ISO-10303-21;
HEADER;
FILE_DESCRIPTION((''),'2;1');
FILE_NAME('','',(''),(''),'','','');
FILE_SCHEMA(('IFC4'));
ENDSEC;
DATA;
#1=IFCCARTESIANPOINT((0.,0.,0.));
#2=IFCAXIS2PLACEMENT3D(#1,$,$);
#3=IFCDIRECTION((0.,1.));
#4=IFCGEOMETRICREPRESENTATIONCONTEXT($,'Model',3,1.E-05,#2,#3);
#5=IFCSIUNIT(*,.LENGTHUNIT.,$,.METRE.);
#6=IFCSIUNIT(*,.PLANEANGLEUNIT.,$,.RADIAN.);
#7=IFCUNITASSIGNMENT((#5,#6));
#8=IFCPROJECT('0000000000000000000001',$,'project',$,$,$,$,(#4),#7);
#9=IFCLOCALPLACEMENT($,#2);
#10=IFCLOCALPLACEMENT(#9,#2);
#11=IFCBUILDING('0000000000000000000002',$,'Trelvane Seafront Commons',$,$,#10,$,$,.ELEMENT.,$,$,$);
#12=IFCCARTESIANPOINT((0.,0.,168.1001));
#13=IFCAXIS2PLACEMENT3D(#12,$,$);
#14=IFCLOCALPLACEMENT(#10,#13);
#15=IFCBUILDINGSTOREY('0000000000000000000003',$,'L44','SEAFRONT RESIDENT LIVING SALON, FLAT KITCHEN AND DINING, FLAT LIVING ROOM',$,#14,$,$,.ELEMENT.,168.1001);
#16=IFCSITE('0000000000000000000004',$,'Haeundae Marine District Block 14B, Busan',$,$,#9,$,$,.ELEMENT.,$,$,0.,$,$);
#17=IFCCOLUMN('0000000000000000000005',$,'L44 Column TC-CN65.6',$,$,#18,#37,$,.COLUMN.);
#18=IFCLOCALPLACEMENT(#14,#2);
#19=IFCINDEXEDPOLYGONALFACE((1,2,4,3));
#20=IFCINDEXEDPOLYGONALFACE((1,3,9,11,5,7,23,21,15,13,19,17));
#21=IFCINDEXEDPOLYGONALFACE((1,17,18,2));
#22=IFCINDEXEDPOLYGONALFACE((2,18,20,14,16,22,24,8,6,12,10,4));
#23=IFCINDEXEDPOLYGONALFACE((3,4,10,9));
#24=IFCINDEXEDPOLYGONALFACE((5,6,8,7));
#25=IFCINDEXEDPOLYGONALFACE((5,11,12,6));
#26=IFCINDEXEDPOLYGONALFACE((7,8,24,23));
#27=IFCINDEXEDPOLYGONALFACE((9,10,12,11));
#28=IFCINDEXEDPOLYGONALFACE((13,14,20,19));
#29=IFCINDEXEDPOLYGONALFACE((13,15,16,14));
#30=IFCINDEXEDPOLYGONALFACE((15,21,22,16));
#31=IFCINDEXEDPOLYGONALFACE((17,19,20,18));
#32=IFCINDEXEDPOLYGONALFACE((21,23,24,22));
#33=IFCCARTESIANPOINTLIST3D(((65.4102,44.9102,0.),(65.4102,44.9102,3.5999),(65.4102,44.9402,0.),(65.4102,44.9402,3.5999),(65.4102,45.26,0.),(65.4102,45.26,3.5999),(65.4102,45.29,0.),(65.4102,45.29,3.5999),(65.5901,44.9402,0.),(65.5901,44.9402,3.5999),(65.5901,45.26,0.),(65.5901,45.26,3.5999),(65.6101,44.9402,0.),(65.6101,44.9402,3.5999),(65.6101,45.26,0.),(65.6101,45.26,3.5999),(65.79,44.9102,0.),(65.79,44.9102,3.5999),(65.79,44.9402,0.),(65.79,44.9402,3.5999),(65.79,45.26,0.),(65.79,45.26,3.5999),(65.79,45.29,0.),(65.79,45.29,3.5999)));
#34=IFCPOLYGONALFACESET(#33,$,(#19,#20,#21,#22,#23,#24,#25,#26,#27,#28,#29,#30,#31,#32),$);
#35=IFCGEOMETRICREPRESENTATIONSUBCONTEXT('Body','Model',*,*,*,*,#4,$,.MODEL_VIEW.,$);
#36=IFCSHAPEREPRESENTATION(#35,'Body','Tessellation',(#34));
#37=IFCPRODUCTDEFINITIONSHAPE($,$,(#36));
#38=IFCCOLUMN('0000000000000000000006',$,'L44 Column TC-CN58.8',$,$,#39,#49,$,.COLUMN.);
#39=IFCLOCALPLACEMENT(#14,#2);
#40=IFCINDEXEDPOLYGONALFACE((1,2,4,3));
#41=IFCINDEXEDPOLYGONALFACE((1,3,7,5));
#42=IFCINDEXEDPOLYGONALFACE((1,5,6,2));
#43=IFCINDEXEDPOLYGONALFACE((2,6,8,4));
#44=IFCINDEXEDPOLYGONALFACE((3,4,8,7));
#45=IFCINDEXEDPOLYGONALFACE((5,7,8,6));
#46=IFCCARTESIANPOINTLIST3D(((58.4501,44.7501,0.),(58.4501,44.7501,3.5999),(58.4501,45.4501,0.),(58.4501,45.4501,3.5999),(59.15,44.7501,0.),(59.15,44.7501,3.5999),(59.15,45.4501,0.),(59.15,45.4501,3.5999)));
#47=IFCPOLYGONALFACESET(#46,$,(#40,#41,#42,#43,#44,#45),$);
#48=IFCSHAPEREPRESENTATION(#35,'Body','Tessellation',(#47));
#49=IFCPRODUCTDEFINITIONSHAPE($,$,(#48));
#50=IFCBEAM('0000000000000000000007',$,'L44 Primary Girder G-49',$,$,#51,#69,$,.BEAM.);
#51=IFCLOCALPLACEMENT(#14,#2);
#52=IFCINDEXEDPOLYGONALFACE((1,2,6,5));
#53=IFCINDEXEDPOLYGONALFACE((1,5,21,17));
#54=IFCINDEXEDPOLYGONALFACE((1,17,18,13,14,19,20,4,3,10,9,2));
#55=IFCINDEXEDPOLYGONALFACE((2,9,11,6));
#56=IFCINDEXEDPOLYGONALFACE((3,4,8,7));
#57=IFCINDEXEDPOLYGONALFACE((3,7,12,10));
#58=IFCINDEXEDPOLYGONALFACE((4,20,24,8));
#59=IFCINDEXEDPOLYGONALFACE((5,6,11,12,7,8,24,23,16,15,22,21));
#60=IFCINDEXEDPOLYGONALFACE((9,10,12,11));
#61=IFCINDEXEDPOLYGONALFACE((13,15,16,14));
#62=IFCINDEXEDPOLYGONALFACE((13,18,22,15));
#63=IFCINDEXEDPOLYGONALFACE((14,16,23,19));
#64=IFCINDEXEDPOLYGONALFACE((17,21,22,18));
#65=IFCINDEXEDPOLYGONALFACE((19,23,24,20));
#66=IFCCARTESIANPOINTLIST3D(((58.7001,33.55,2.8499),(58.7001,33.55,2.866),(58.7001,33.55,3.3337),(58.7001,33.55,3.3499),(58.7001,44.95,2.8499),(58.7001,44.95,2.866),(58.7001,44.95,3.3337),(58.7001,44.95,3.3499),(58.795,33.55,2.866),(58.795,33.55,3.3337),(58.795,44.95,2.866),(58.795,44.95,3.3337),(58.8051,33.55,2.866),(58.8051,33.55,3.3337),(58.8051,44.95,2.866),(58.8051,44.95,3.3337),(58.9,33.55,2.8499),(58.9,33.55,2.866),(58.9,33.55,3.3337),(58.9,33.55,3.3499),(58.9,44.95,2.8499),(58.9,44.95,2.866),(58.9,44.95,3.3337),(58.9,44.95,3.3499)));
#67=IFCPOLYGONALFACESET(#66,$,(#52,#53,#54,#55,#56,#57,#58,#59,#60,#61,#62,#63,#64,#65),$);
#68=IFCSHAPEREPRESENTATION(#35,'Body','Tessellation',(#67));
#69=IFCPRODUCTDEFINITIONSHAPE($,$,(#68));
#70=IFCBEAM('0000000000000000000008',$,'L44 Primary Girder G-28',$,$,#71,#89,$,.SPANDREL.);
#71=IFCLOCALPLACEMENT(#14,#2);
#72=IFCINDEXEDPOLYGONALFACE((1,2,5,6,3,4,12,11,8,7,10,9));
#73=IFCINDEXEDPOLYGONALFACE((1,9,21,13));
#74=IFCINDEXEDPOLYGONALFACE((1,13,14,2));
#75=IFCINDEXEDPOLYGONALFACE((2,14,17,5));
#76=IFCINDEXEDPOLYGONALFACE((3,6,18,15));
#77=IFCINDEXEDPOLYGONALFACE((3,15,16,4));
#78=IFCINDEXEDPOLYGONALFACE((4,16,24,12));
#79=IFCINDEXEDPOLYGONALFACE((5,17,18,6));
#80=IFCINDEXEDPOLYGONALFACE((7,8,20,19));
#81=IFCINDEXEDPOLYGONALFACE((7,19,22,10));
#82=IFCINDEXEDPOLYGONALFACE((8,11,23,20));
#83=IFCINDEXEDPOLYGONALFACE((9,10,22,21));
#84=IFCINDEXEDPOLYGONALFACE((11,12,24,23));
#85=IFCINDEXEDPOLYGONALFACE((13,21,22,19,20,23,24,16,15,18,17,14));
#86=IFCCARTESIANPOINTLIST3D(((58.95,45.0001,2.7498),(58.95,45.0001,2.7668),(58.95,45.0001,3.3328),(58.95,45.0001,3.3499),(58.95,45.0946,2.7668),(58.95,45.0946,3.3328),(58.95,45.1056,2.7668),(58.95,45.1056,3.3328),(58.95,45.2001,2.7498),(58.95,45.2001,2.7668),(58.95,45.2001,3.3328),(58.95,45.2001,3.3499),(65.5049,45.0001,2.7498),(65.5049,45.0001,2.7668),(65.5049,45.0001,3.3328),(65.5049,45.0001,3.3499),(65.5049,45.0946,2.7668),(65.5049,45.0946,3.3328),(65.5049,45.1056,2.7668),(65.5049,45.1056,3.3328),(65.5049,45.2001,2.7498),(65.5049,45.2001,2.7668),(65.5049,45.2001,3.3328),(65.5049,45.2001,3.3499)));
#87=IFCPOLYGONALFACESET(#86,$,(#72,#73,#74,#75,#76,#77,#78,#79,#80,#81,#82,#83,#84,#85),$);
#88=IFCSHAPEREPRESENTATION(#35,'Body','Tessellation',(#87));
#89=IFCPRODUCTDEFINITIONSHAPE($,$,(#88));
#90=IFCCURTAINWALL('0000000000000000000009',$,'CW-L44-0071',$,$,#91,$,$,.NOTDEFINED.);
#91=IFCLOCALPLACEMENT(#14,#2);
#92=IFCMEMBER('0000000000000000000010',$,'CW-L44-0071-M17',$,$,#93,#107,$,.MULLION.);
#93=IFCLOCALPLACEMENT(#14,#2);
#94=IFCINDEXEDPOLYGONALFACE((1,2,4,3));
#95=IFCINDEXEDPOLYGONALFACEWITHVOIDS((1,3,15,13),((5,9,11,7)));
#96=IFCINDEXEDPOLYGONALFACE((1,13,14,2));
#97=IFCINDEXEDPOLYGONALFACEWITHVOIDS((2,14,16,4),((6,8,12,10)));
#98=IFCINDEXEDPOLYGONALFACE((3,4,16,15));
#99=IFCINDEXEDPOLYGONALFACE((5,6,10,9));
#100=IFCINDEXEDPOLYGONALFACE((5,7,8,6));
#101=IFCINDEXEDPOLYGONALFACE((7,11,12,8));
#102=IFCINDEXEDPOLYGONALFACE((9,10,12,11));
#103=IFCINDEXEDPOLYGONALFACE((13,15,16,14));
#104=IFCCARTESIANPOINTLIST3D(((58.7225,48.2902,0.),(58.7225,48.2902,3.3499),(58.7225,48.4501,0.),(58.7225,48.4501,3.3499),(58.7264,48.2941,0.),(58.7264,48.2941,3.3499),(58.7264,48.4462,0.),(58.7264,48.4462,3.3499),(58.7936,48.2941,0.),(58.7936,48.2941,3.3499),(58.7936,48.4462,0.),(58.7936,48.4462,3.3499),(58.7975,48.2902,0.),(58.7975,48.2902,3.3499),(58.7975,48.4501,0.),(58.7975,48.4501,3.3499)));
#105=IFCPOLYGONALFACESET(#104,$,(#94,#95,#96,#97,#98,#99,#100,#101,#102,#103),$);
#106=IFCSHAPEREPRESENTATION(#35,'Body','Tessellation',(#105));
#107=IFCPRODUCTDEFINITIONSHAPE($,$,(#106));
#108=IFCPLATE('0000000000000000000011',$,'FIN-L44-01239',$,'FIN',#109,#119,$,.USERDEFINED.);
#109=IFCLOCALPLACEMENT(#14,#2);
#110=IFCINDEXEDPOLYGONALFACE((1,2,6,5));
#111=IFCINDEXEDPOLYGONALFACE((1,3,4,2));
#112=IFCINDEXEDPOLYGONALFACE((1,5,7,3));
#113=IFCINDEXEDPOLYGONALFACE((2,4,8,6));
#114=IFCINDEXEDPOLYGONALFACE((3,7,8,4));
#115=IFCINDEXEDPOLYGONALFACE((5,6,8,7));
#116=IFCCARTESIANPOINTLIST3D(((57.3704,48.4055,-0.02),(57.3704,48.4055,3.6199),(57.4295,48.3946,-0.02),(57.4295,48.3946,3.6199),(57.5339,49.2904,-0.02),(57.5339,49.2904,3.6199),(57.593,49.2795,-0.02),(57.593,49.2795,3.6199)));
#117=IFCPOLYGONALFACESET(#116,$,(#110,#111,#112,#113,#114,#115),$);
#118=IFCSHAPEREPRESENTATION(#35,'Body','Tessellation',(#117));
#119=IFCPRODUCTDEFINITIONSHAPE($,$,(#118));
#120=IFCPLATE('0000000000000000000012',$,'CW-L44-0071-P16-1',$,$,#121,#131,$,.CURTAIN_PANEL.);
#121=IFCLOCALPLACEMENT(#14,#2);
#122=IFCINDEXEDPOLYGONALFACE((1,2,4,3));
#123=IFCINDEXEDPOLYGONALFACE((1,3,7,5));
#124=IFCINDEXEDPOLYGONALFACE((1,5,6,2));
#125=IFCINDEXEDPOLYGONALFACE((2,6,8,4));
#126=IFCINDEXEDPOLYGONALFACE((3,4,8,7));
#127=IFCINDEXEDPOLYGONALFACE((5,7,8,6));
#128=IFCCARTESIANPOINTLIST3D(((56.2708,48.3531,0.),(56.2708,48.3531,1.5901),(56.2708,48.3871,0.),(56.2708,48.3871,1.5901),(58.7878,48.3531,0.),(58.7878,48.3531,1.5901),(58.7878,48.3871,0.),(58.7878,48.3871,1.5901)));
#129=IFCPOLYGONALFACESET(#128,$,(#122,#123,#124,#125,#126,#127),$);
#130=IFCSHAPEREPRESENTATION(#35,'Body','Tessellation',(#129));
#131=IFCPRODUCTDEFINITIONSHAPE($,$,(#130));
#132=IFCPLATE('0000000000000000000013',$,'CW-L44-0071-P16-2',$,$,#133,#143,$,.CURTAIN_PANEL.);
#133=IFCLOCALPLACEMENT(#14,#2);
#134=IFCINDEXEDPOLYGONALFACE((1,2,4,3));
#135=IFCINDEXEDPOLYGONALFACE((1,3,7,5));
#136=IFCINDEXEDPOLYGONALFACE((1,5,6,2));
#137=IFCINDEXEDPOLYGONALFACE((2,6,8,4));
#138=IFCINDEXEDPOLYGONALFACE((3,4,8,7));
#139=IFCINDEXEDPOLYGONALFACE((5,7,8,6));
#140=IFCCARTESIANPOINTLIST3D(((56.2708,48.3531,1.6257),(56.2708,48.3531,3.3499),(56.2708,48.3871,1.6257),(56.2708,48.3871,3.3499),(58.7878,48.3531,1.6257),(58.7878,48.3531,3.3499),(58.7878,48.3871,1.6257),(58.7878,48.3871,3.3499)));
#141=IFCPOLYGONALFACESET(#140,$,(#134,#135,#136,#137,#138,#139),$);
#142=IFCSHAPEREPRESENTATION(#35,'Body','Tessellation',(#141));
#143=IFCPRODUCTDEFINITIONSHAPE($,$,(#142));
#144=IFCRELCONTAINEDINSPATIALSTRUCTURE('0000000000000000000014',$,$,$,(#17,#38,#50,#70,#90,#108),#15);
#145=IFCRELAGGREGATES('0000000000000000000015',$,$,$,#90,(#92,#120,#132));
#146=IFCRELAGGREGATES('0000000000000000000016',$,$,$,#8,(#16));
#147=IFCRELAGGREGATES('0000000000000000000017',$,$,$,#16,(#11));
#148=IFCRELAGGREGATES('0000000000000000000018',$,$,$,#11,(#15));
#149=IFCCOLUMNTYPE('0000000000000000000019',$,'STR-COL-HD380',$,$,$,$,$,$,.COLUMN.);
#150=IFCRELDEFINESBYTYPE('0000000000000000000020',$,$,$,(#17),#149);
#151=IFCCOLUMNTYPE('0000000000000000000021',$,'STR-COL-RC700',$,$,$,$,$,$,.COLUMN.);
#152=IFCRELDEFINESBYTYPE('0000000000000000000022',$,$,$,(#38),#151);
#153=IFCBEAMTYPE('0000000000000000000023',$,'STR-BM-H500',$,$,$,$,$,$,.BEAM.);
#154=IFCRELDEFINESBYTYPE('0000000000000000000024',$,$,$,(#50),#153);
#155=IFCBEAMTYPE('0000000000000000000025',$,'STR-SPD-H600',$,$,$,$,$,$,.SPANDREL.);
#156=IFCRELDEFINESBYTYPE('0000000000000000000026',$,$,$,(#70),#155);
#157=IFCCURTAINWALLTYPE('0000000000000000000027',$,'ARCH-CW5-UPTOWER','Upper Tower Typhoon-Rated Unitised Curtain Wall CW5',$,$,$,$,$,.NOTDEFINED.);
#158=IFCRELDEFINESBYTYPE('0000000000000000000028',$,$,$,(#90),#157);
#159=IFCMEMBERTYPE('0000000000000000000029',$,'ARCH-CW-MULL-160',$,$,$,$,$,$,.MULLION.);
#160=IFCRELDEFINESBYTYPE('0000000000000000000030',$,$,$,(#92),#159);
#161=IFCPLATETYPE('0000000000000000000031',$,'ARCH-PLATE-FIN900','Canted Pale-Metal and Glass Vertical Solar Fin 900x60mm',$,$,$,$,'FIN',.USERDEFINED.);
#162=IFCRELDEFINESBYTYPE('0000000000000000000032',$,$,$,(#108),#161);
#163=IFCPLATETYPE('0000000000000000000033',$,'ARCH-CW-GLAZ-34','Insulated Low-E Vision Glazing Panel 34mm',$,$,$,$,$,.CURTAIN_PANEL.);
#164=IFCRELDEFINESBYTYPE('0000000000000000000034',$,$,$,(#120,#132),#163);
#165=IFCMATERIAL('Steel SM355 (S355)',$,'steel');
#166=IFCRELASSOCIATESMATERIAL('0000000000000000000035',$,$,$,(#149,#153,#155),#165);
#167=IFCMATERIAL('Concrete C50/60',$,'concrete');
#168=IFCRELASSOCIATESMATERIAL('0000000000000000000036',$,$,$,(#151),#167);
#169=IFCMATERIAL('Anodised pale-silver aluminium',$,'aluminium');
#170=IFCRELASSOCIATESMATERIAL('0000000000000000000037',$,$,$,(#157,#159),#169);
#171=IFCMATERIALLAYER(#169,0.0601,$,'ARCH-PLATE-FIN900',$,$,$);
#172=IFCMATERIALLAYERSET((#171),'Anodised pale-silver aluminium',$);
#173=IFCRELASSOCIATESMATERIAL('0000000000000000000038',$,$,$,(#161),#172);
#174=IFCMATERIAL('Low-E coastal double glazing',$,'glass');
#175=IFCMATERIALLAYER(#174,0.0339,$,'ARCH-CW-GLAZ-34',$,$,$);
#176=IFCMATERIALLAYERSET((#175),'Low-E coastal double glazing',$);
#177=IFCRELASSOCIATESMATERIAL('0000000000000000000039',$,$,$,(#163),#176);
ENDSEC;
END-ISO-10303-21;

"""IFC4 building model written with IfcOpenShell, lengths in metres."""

from ifc_helpers import new_model, si_unit, direction, frame, origin, origin_2d, place, context, subcontext, project, spatial, rectangle, hollow_rectangle, i_section, extrude, source, transform, mapped, material, layer, layer_set, material_profile, profile_set, type_object, element, aggregate, save


model = new_model("IFC4")

# Units and contexts
model_context = context("Model", 3, precision=1e-05, world=origin(), true_north=direction((0.0, 1.0)))
body_context = subcontext(model_context, "Body", "Model", "MODEL_VIEW")
ifc_project = project(units=[si_unit("LENGTHUNIT", "METRE"), si_unit("PLANEANGLEUNIT", "RADIAN")], contexts=[model_context])

# Site, building, storey
site_placement = place(None, origin())
site = spatial("IfcSite", under=ifc_project, at=site_placement, Name="Haeundae Marine District Block 14B, Busan", CompositionType="ELEMENT", RefElevation=0.0)
building_placement = place(site_placement, origin())
building = spatial("IfcBuilding", under=site, at=building_placement, Name="Trelvane Seafront Commons", CompositionType="ELEMENT")
storey_placement = place(building_placement, frame((0.0, 0.0, 168.1001)))
storey = spatial("IfcBuildingStorey", under=building, at=storey_placement, Name="L44", Description="SEAFRONT RESIDENT LIVING SALON, FLAT KITCHEN AND DINING, FLAT LIVING ROOM", CompositionType="ELEMENT", Elevation=168.1001)

# Columns
ifc_material_1 = material(Name="Steel SM355 (S355)", Category="steel")
ifc_material_profile_1 = material_profile(ifc_material_1, i_section(OverallWidth=0.3799, OverallDepth=0.3799, WebThickness=0.02, FlangeThickness=0.03, at=origin_2d()), Name="HD-380x380x20x30")
ifc_profile_set_1 = profile_set([ifc_material_profile_1], Name="Steel SM355 (S355)")
column_type_1 = type_object("IfcColumnType", Name="STR-COL-HD380", PredefinedType="COLUMN", material=ifc_profile_set_1)
shared_shape_1 = source(origin(), body_context, "Body", "SweptSolid", [
    extrude(i_section(OverallWidth=0.3799, OverallDepth=0.3799, WebThickness=0.02, FlangeThickness=0.03, at=origin_2d()), origin(), (0.0, 0.0, 1.0), 3.5999),
])
column_1_placement = place(storey_placement, frame((65.6001, 45.1001, 0.0), z_axis=(0.0, 0.0, 1.0), x_axis=(1.0, 0.0, 0.0)))
element("IfcColumn", 1, at=column_1_placement, inside=storey, type_object=column_type_1, Name="L44 Column TC-CN65.6", PredefinedType="COLUMN", context=body_context, shape_type="MappedRepresentation", body=[
    mapped(shared_shape_1, transform((0.0, 0.0, 0.0), x_axis=(1.0, 0.0, 0.0), y_axis=(0.0, 1.0, 0.0), z_axis=(0.0, 0.0, 1.0), scale=1.0)),
])
ifc_material_2 = material(Name="Concrete C50/60", Category="concrete")
ifc_material_profile_2 = material_profile(ifc_material_2, rectangle(XDim=0.7, YDim=0.7, at=origin_2d()), Name="RC-700x700")
ifc_profile_set_2 = profile_set([ifc_material_profile_2], Name="Concrete C50/60")
column_type_2 = type_object("IfcColumnType", Name="STR-COL-RC700", PredefinedType="COLUMN", material=ifc_profile_set_2)
shared_shape_2 = source(origin(), body_context, "Body", "SweptSolid", [
    extrude(rectangle(XDim=0.7, YDim=0.7, at=origin_2d()), origin(), (0.0, 0.0, 1.0), 3.5999),
])
column_2_placement = place(storey_placement, frame((58.8, 45.1001, 0.0), z_axis=(0.0, 0.0, 1.0), x_axis=(1.0, 0.0, 0.0)))
element("IfcColumn", 2, at=column_2_placement, inside=storey, type_object=column_type_2, Name="L44 Column TC-CN58.8", PredefinedType="COLUMN", context=body_context, shape_type="MappedRepresentation", body=[
    mapped(shared_shape_2, transform((0.0, 0.0, 0.0), x_axis=(1.0, 0.0, 0.0), y_axis=(0.0, 1.0, 0.0), z_axis=(0.0, 0.0, 1.0), scale=1.0)),
])

# Beams
ifc_material_profile_3 = material_profile(ifc_material_1, i_section(OverallWidth=0.2, OverallDepth=0.5, WebThickness=0.01, FlangeThickness=0.0161, at=origin_2d()), Name="H-500x200x10x16")
ifc_profile_set_3 = profile_set([ifc_material_profile_3], Name="Steel SM355 (S355)")
beam_type_1 = type_object("IfcBeamType", Name="STR-BM-H500", PredefinedType="BEAM", material=ifc_profile_set_3)
shared_shape_3 = source(origin(), body_context, "Body", "SweptSolid", [
    extrude(i_section(OverallWidth=0.2, OverallDepth=0.5, WebThickness=0.01, FlangeThickness=0.0161, at=origin_2d()), origin(), (0.0, 0.0, 1.0), 11.3999),
])
beam_1_placement = place(storey_placement, frame((58.8, 33.55, 3.0999), z_axis=(0.0, 1.0, 0.0), x_axis=(-1.0, 0.0, 0.0)))
element("IfcBeam", 3, at=beam_1_placement, inside=storey, type_object=beam_type_1, Name="L44 Primary Girder G-49", PredefinedType="BEAM", context=body_context, shape_type="MappedRepresentation", body=[
    mapped(shared_shape_3, transform((0.0, 0.0, 0.0), x_axis=(1.0, 0.0, 0.0), y_axis=(0.0, 1.0, 0.0), z_axis=(0.0, 0.0, 1.0), scale=1.0)),
])
ifc_material_profile_4 = material_profile(ifc_material_1, i_section(OverallWidth=0.2, OverallDepth=0.6001, WebThickness=0.011, FlangeThickness=0.0171, at=origin_2d()), Name="H-600x200x11x17")
ifc_profile_set_4 = profile_set([ifc_material_profile_4], Name="Steel SM355 (S355)")
beam_type_2 = type_object("IfcBeamType", Name="STR-SPD-H600", PredefinedType="SPANDREL", material=ifc_profile_set_4)
shared_shape_4 = source(origin(), body_context, "Body", "SweptSolid", [
    extrude(i_section(OverallWidth=0.2, OverallDepth=0.6001, WebThickness=0.011, FlangeThickness=0.0171, at=origin_2d()), origin(), (0.0, 0.0, 1.0), 6.5549),
])
beam_2_placement = place(storey_placement, frame((58.95, 45.1001, 3.0498), z_axis=(1.0, 0.0, 0.0), x_axis=(0.0, 1.0, 0.0)))
element("IfcBeam", 4, at=beam_2_placement, inside=storey, type_object=beam_type_2, Name="L44 Primary Girder G-28", PredefinedType="SPANDREL", context=body_context, shape_type="MappedRepresentation", body=[
    mapped(shared_shape_4, transform((0.0, 0.0, 0.0), x_axis=(1.0, 0.0, 0.0), y_axis=(0.0, 1.0, 0.0), z_axis=(0.0, 0.0, 1.0), scale=1.0)),
])

# Curtain wall, member
ifc_material_3 = material(Name="Anodised pale-silver aluminium", Category="aluminium")
curtain_wall_type = type_object("IfcCurtainWallType", Name="ARCH-CW5-UPTOWER", Description="Upper Tower Typhoon-Rated Unitised Curtain Wall CW5", PredefinedType="NOTDEFINED", material=ifc_material_3)
curtain_wall_placement = place(storey_placement, origin())
curtain_wall = element("IfcCurtainWall", 5, at=curtain_wall_placement, inside=storey, type_object=curtain_wall_type, Name="CW-L44-0071", PredefinedType="NOTDEFINED")
ifc_material_profile_5 = material_profile(ifc_material_3, hollow_rectangle(XDim=0.075, YDim=0.1599, WallThickness=0.0039, at=origin_2d()), Name="MULL-75x160x4")
ifc_profile_set_5 = profile_set([ifc_material_profile_5], Name="Anodised pale-silver aluminium")
member_type = type_object("IfcMemberType", Name="ARCH-CW-MULL-160", PredefinedType="MULLION", material=ifc_profile_set_5)
shared_shape_5 = source(origin(), body_context, "Body", "SweptSolid", [
    extrude(hollow_rectangle(XDim=0.075, YDim=0.1599, WallThickness=0.0039, at=origin_2d()), origin(), (0.0, 0.0, 1.0), 3.3499),
])
member_placement = place(storey_placement, frame((58.76, 48.3701, 0.0), z_axis=(0.0, 0.0, 1.0), x_axis=(1.0, 0.0, 0.0)))
member = element("IfcMember", 6, at=member_placement, type_object=member_type, Name="CW-L44-0071-M17", PredefinedType="MULLION", context=body_context, shape_type="MappedRepresentation", body=[
    mapped(shared_shape_5, transform((0.0, 0.0, 0.0), x_axis=(1.0, 0.0, 0.0), y_axis=(0.0, 1.0, 0.0), z_axis=(0.0, 0.0, 1.0), scale=1.0)),
])

# Plates
ifc_layer_1 = layer(ifc_material_3, 0.0601, Name="ARCH-PLATE-FIN900")
ifc_layer_set_1 = layer_set([ifc_layer_1], Name="Anodised pale-silver aluminium")
plate_type_1 = type_object("IfcPlateType", Name="ARCH-PLATE-FIN900", Description="Canted Pale-Metal and Glass Vertical Solar Fin 900x60mm", ElementType="FIN", PredefinedType="USERDEFINED", material=ifc_layer_set_1)
shared_shape_6 = source(origin(), body_context, "Body", "SweptSolid", [
    extrude(rectangle(XDim=0.8999, YDim=0.0601, at=origin_2d()), origin(), (0.0, 0.0, 1.0), 3.6399),
])
plate_1_placement = place(storey_placement, frame((57.4817, 48.8425, -0.02), z_axis=(0.0, 0.0, 1.0), x_axis=(0.181671, 0.983359, 0.0)))
element("IfcPlate", 7, at=plate_1_placement, inside=storey, type_object=plate_type_1, Name="FIN-L44-01239", ObjectType="FIN", PredefinedType="USERDEFINED", context=body_context, shape_type="MappedRepresentation", body=[
    mapped(shared_shape_6, transform((0.0, 0.0, 0.0), x_axis=(1.0, 0.0, 0.0), y_axis=(0.0, 1.0, 0.0), z_axis=(0.0, 0.0, 1.0), scale=1.0)),
])
ifc_material_4 = material(Name="Low-E coastal double glazing", Category="glass")
ifc_layer_2 = layer(ifc_material_4, 0.0339, Name="ARCH-CW-GLAZ-34")
ifc_layer_set_2 = layer_set([ifc_layer_2], Name="Low-E coastal double glazing")
plate_type_2 = type_object("IfcPlateType", Name="ARCH-CW-GLAZ-34", Description="Insulated Low-E Vision Glazing Panel 34mm", PredefinedType="CURTAIN_PANEL", material=ifc_layer_set_2)
shared_shape_7 = source(origin(), body_context, "Body", "SweptSolid", [
    extrude(rectangle(XDim=2.5171, YDim=0.0339, at=origin_2d()), origin(), (0.0, 0.0, 1.0), 1.5901),
])
plate_2_placement = place(storey_placement, frame((57.5293, 48.3701, 0.0), z_axis=(0.0, 0.0, 1.0), x_axis=(1.0, 0.0, 0.0)))
plate_2 = element("IfcPlate", 8, at=plate_2_placement, type_object=plate_type_2, Name="CW-L44-0071-P16-1", PredefinedType="CURTAIN_PANEL", context=body_context, shape_type="MappedRepresentation", body=[
    mapped(shared_shape_7, transform((0.0, 0.0, 0.0), x_axis=(1.0, 0.0, 0.0), y_axis=(0.0, 1.0, 0.0), z_axis=(0.0, 0.0, 1.0), scale=1.0)),
])
shared_shape_8 = source(origin(), body_context, "Body", "SweptSolid", [
    extrude(rectangle(XDim=2.5171, YDim=0.0339, at=origin_2d()), origin(), (0.0, 0.0, 1.0), 1.7241),
])
plate_3_placement = place(storey_placement, frame((57.5293, 48.3701, 1.6257), z_axis=(0.0, 0.0, 1.0), x_axis=(1.0, 0.0, 0.0)))
plate_3 = element("IfcPlate", 9, at=plate_3_placement, type_object=plate_type_2, Name="CW-L44-0071-P16-2", PredefinedType="CURTAIN_PANEL", context=body_context, shape_type="MappedRepresentation", body=[
    mapped(shared_shape_8, transform((0.0, 0.0, 0.0), x_axis=(1.0, 0.0, 0.0), y_axis=(0.0, 1.0, 0.0), z_axis=(0.0, 0.0, 1.0), scale=1.0)),
])
aggregate(curtain_wall, [member, plate_2, plate_3])

save(model, "model.ifc")
